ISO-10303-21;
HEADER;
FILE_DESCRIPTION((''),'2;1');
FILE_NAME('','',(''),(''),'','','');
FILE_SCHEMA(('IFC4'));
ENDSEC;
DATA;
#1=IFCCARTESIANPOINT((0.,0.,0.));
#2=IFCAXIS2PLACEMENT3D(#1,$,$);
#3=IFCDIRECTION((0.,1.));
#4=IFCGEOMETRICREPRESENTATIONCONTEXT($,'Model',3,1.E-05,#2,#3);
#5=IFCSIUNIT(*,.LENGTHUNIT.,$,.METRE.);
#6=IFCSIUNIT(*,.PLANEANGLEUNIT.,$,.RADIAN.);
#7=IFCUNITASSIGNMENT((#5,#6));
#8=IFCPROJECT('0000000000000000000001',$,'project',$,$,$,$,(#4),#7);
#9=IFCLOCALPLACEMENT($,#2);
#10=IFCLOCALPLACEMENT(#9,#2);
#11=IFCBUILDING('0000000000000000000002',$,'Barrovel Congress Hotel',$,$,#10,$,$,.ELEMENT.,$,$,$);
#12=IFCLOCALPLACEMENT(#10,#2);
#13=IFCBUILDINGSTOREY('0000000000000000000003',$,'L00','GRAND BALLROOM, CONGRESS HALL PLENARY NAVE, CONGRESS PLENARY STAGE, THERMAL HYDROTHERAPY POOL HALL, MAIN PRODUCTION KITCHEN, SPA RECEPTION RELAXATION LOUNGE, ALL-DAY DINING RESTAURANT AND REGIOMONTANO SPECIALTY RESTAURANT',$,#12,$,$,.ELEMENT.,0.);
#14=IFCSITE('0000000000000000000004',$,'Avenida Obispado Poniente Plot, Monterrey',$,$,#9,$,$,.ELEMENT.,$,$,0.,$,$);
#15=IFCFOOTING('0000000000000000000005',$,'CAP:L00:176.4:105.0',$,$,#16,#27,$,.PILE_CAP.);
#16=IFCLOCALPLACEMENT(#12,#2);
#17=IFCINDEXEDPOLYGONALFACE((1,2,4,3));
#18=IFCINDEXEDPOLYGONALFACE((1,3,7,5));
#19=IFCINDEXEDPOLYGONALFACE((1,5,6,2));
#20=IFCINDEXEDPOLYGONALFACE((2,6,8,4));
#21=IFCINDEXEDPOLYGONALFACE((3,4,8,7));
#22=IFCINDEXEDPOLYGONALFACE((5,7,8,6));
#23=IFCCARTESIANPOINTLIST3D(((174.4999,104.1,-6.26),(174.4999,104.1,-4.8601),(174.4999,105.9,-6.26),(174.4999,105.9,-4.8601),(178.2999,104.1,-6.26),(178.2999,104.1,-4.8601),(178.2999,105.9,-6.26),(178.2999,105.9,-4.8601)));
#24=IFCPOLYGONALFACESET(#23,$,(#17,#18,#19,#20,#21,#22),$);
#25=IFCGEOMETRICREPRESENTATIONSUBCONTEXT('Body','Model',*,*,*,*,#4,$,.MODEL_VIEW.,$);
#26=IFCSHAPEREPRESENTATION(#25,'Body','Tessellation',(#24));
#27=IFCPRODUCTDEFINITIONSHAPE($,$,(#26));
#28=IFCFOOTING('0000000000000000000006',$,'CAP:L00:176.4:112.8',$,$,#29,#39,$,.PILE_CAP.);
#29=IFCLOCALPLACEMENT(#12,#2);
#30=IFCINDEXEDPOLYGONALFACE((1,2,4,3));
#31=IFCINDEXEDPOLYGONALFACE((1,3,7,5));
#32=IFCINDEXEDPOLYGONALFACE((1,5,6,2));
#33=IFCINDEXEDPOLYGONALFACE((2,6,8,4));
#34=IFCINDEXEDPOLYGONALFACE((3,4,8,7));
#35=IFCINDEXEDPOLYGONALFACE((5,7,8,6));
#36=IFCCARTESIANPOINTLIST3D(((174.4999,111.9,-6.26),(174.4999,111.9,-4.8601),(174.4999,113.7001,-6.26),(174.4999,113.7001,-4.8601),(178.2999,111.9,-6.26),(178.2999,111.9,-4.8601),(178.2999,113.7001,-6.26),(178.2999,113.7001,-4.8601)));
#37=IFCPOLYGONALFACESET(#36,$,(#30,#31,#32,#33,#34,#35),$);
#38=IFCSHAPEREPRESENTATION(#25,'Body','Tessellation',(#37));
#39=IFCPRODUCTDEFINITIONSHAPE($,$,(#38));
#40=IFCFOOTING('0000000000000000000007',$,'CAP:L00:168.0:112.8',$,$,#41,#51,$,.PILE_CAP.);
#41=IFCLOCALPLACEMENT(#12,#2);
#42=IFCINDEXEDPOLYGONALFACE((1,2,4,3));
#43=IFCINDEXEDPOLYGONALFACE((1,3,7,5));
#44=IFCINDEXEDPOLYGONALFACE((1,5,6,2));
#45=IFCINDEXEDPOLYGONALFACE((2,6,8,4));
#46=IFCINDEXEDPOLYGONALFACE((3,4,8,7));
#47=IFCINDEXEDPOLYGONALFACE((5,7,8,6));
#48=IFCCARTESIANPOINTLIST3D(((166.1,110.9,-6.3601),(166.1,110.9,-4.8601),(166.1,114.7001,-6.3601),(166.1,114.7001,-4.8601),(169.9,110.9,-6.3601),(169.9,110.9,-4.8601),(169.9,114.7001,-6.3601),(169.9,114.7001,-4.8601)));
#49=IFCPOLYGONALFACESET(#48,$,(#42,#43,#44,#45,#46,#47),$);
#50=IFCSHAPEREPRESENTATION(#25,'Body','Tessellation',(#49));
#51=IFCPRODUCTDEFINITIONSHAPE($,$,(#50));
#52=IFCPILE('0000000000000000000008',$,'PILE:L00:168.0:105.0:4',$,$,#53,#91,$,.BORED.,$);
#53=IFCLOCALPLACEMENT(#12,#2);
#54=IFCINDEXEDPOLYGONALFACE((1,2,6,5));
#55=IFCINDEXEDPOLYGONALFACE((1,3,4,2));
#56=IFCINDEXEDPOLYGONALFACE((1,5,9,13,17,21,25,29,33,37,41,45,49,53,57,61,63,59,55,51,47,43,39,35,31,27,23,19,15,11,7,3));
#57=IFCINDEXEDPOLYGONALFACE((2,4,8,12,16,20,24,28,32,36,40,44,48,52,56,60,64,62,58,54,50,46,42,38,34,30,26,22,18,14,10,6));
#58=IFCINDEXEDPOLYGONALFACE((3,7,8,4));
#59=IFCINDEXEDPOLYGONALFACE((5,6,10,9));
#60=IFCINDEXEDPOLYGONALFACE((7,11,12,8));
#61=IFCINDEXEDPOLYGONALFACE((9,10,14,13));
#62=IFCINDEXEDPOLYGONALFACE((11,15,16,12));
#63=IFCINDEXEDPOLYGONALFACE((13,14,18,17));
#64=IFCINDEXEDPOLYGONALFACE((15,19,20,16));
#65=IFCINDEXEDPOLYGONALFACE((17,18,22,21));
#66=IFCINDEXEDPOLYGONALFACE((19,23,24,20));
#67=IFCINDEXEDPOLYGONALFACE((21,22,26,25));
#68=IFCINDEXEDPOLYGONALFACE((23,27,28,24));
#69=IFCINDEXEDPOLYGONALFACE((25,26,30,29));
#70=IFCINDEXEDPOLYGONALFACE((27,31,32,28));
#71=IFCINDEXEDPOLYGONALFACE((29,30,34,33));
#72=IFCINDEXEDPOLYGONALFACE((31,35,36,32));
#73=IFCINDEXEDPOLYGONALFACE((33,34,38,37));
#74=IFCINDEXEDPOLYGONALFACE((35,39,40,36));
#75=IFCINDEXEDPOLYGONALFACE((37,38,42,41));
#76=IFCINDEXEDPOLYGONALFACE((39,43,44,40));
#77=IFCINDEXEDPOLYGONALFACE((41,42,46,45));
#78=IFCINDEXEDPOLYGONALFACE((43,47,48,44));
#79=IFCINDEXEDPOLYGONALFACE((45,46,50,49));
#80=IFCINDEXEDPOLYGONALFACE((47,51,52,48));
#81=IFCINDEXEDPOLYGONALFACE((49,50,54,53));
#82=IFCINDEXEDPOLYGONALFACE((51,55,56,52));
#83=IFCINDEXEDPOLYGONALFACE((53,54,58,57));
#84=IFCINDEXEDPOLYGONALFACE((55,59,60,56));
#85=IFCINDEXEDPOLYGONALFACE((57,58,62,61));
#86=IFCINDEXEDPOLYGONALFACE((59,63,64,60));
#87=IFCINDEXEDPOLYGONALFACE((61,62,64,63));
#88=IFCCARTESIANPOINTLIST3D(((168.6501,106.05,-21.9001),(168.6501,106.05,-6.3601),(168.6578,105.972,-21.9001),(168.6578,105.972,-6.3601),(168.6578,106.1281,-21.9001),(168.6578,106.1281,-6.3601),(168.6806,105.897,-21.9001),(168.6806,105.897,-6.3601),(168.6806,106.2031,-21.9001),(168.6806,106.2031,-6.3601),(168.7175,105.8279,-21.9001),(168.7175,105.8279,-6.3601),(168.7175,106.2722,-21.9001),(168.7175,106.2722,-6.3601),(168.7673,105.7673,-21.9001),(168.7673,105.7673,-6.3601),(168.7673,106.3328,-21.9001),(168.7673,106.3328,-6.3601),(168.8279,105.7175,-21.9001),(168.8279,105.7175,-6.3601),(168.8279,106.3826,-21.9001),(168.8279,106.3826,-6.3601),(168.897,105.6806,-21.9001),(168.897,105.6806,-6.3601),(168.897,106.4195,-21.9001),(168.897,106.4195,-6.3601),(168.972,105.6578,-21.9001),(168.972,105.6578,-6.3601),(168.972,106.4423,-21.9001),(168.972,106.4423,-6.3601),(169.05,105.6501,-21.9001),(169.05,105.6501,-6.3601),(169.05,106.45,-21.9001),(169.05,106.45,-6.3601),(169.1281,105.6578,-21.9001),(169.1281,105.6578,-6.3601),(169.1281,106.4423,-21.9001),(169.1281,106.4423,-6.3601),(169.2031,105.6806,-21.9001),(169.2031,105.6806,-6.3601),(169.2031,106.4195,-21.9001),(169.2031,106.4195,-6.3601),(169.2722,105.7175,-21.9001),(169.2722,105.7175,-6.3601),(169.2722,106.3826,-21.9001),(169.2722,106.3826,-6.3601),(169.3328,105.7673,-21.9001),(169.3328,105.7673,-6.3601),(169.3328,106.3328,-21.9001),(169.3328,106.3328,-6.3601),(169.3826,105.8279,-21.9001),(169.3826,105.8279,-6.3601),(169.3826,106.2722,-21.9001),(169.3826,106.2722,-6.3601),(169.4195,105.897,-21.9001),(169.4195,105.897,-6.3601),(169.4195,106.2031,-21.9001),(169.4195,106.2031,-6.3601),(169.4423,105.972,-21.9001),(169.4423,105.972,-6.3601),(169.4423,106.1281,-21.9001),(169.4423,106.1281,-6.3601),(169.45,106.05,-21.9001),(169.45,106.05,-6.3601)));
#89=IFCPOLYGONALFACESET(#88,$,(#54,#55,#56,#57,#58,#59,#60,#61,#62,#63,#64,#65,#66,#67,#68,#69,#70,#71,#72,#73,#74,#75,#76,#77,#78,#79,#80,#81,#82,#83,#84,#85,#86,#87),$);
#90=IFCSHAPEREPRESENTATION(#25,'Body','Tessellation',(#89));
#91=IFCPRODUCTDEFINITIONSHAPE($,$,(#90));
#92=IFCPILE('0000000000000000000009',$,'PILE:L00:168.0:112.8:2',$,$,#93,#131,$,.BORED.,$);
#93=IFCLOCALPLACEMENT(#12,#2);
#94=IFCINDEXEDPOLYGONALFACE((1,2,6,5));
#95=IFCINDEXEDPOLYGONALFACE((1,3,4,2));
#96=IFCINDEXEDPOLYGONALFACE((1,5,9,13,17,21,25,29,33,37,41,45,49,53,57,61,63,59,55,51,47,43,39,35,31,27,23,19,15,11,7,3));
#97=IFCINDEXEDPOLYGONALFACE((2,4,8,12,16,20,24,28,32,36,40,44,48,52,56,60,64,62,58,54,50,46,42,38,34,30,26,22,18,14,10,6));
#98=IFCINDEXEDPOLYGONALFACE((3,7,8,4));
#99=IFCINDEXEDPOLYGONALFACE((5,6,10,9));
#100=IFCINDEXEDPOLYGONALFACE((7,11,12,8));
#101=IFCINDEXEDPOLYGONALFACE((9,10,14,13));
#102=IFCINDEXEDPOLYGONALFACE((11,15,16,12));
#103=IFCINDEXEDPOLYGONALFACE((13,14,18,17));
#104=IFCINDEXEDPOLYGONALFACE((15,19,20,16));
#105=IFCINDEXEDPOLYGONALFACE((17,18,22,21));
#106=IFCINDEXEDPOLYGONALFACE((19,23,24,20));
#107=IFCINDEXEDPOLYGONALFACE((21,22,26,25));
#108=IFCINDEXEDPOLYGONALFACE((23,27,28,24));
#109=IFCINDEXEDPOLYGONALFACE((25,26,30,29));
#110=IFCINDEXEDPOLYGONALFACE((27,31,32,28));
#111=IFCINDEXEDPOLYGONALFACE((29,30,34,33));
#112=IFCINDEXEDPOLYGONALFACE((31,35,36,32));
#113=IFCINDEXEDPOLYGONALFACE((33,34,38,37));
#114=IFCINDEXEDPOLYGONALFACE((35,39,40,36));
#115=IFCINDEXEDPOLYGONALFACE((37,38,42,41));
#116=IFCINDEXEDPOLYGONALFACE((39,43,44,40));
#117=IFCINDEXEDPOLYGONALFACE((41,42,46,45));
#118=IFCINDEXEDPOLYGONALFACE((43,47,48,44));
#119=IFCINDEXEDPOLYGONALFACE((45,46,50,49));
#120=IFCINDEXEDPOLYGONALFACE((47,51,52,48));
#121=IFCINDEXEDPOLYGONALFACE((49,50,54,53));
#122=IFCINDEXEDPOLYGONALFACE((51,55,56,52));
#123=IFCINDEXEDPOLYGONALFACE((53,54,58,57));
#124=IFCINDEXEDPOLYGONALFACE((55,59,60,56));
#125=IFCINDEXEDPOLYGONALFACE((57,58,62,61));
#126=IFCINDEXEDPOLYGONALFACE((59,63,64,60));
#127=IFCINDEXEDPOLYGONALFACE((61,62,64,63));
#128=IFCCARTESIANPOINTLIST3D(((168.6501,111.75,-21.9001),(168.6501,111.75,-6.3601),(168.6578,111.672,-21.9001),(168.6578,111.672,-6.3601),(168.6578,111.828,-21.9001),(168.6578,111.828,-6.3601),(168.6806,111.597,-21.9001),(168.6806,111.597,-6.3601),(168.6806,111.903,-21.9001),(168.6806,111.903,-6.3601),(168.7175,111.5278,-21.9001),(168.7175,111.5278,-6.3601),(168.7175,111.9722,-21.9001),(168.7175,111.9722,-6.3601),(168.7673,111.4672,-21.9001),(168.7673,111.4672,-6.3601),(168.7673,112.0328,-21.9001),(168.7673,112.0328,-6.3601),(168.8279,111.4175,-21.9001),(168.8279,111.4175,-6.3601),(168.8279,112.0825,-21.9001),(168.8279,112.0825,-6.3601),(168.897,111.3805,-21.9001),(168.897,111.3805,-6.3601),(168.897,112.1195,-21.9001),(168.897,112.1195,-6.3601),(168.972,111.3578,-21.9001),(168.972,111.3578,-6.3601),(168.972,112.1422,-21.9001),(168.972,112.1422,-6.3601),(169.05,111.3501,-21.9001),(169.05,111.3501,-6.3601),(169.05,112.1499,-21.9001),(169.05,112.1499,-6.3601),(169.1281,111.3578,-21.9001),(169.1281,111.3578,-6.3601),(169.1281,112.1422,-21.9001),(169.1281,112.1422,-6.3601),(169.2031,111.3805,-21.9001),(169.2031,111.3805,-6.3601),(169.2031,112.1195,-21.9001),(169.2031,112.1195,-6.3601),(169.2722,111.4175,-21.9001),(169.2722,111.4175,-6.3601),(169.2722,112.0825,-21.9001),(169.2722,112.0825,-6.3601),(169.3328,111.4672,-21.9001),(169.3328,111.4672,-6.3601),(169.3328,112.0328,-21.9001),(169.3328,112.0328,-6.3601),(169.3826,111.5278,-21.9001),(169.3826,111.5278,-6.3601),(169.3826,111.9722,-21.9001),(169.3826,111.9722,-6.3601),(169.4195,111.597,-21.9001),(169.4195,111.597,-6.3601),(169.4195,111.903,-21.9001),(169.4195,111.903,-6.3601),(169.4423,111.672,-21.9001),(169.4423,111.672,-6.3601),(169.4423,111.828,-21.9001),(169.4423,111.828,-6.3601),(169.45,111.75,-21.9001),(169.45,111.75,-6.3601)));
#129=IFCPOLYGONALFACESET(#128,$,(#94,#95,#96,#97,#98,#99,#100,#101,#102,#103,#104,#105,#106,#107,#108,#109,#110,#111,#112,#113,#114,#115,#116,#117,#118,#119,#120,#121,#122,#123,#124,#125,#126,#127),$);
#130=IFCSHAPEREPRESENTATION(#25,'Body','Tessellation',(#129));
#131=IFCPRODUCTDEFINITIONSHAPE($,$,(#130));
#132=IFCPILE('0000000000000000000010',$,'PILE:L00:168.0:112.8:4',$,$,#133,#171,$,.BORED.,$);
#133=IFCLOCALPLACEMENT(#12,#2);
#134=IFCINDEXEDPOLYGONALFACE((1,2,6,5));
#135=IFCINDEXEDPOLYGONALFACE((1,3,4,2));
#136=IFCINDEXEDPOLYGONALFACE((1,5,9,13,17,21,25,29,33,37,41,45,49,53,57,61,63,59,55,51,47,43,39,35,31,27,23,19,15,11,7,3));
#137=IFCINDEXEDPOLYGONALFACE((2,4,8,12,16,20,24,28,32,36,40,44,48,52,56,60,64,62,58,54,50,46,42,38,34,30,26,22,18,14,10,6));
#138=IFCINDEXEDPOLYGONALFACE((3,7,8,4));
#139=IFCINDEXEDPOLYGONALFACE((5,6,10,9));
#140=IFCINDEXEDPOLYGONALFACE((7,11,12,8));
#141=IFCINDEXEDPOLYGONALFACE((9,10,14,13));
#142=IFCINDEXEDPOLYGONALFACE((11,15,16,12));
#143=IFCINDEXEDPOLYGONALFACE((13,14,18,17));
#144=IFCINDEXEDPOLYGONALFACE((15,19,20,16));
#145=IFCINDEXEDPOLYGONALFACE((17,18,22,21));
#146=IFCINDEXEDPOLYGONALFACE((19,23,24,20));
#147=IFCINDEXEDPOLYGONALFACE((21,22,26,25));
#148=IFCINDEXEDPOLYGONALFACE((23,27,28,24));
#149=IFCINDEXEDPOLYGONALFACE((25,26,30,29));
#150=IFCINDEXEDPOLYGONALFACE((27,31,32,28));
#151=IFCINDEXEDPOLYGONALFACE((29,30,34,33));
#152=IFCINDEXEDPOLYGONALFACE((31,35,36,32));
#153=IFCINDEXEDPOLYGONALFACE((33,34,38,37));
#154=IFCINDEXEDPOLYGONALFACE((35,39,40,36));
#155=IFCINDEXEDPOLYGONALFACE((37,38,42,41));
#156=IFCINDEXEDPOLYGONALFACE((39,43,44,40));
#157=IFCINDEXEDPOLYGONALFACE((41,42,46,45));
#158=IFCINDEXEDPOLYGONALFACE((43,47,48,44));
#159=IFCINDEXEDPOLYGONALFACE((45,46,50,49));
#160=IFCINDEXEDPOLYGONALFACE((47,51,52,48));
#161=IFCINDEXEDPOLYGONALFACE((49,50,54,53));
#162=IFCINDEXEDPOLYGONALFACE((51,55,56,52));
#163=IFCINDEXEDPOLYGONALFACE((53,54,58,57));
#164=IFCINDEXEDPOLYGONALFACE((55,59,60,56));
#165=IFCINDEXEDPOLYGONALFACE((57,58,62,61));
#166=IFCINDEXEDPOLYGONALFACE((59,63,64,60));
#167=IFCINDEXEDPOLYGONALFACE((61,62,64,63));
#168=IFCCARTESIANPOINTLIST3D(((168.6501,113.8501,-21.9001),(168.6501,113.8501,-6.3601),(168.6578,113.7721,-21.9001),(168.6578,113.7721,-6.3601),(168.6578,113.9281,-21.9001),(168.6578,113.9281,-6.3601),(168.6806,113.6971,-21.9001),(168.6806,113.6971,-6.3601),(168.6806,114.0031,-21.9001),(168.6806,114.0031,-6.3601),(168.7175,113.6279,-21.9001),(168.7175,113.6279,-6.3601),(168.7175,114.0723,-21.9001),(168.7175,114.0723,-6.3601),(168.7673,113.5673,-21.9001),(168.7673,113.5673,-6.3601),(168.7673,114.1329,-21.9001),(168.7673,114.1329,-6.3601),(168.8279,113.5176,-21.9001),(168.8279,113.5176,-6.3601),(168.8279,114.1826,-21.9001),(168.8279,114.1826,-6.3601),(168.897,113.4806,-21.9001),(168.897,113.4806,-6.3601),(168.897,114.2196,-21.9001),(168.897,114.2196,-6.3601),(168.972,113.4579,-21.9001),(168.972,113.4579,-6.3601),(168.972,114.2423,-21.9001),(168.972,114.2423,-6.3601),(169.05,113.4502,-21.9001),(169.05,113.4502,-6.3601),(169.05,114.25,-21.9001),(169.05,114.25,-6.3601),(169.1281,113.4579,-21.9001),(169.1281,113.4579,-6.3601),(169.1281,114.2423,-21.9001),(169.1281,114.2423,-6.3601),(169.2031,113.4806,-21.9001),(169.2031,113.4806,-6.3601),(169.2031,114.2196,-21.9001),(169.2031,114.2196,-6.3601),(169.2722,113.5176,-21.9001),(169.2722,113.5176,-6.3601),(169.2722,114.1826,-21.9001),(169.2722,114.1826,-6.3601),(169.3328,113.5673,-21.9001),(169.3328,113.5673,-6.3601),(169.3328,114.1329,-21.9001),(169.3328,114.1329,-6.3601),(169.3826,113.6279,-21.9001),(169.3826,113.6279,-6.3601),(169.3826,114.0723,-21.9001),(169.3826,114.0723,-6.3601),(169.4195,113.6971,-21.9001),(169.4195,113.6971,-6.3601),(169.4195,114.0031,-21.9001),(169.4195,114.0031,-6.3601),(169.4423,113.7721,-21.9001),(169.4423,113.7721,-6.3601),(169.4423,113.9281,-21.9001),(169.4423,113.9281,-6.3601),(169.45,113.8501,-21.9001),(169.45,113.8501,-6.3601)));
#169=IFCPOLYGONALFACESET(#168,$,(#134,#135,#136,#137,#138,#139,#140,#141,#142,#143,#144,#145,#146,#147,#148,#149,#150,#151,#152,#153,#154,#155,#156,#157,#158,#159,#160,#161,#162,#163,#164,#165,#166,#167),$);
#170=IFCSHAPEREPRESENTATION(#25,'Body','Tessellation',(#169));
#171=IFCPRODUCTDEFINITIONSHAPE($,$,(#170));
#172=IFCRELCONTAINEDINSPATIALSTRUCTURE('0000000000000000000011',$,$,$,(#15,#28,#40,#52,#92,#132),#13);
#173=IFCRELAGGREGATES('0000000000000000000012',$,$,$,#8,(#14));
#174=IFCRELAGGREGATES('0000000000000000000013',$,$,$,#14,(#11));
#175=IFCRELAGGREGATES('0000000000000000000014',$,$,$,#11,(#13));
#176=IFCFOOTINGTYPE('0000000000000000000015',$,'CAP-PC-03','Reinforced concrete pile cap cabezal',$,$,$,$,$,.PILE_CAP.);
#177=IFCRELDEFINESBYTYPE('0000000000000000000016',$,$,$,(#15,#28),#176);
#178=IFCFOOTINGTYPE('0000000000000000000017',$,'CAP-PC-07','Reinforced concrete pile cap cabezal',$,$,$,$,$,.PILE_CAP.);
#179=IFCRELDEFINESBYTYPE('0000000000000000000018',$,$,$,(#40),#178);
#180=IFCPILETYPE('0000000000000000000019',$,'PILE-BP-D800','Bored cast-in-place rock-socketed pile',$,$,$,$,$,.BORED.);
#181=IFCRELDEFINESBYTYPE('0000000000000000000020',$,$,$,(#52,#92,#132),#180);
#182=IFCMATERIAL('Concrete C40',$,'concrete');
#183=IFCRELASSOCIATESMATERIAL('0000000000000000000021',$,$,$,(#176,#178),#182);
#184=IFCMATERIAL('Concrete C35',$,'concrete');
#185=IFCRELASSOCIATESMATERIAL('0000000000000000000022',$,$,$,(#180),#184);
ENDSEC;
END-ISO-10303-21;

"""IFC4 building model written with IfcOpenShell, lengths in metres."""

from ifc_helpers import new_model, si_unit, direction, frame, origin, origin_2d, place, context, subcontext, project, spatial, rectangle, circle, extrude, material, material_profile, profile_set, type_object, element, save


model = new_model("IFC4")

# Units and contexts
model_context = context("Model", 3, precision=1e-05, world=origin(), true_north=direction((0.0, 1.0)))
body_context = subcontext(model_context, "Body", "Model", "MODEL_VIEW")
ifc_project = project(units=[si_unit("LENGTHUNIT", "METRE"), si_unit("PLANEANGLEUNIT", "RADIAN")], contexts=[model_context])

# Site, building, storey
site_placement = place(None, origin())
site = spatial("IfcSite", under=ifc_project, at=site_placement, Name="Avenida Obispado Poniente Plot, Monterrey", CompositionType="ELEMENT", RefElevation=0.0)
building_placement = place(site_placement, origin())
building = spatial("IfcBuilding", under=site, at=building_placement, Name="Barrovel Congress Hotel", CompositionType="ELEMENT")
storey_placement = place(building_placement, origin())
storey = spatial("IfcBuildingStorey", under=building, at=storey_placement, Name="L00", Description="GRAND BALLROOM, CONGRESS HALL PLENARY NAVE, CONGRESS PLENARY STAGE, THERMAL HYDROTHERAPY POOL HALL, MAIN PRODUCTION KITCHEN, SPA RECEPTION RELAXATION LOUNGE, ALL-DAY DINING RESTAURANT AND REGIOMONTANO SPECIALTY RESTAURANT", CompositionType="ELEMENT", Elevation=0.0)

# Footings
ifc_material_1 = material(Name="Concrete C40", Category="concrete")
footing_type_1 = type_object("IfcFootingType", Name="CAP-PC-03", Description="Reinforced concrete pile cap cabezal", PredefinedType="PILE_CAP", material=ifc_material_1)
for number, where, z_axis, x_axis, name in (
    (1, (176.3999, 105.0, -6.26), (0.0, 0.0, 1.0), (1.0, 0.0, 0.0), "CAP:L00:176.4:105.0"),
    (2, (176.3999, 112.8, -6.26), (0.0, 0.0, 1.0), (1.0, 0.0, 0.0), "CAP:L00:176.4:112.8"),
):
    element("IfcFooting", number, at=place(storey_placement, frame(where, z_axis=z_axis, x_axis=x_axis)), inside=storey, type_object=footing_type_1, Name=name, PredefinedType="PILE_CAP", context=body_context, shape_type="SweptSolid", body=[
        extrude(rectangle(XDim=3.8, YDim=1.8, at=origin_2d()), origin(), (0.0, 0.0, 1.0), 1.3999),
    ])
footing_type_2 = type_object("IfcFootingType", Name="CAP-PC-07", Description="Reinforced concrete pile cap cabezal", PredefinedType="PILE_CAP", material=ifc_material_1)
footing_placement = place(storey_placement, frame((168.0, 112.8, -6.3601), z_axis=(0.0, 0.0, 1.0), x_axis=(1.0, 0.0, 0.0)))
element("IfcFooting", 3, at=footing_placement, inside=storey, type_object=footing_type_2, Name="CAP:L00:168.0:112.8", PredefinedType="PILE_CAP", context=body_context, shape_type="SweptSolid", body=[
    extrude(rectangle(XDim=3.8, YDim=3.8, at=origin_2d()), origin(), (0.0, 0.0, 1.0), 1.5),
])

# Piles
ifc_material_2 = material(Name="Concrete C35", Category="concrete")
ifc_material_profile_1 = material_profile(ifc_material_2, circle(Radius=0.3999, at=origin_2d()), Name="BP-D800")
ifc_profile_set_1 = profile_set([ifc_material_profile_1], Name="Concrete C35")
pile_type = type_object("IfcPileType", Name="PILE-BP-D800", Description="Bored cast-in-place rock-socketed pile", PredefinedType="BORED", material=ifc_profile_set_1)
for number, where, z_axis, x_axis, name in (
    (4, (169.05, 106.05, -6.3601), (0.0, 0.0, -1.0), (1.0, 0.0, 0.0), "PILE:L00:168.0:105.0:4"),
    (5, (169.05, 111.75, -6.3601), (0.0, 0.0, -1.0), (1.0, 0.0, 0.0), "PILE:L00:168.0:112.8:2"),
    (6, (169.05, 113.8501, -6.3601), (0.0, 0.0, -1.0), (1.0, 0.0, 0.0), "PILE:L00:168.0:112.8:4"),
):
    element("IfcPile", number, at=place(storey_placement, frame(where, z_axis=z_axis, x_axis=x_axis)), inside=storey, type_object=pile_type, Name=name, PredefinedType="BORED", context=body_context, shape_type="SweptSolid", body=[
        extrude(circle(Radius=0.3999, at=origin_2d()), origin(), (0.0, 0.0, 1.0), 15.54),
    ])

save(model, "model.ifc")
